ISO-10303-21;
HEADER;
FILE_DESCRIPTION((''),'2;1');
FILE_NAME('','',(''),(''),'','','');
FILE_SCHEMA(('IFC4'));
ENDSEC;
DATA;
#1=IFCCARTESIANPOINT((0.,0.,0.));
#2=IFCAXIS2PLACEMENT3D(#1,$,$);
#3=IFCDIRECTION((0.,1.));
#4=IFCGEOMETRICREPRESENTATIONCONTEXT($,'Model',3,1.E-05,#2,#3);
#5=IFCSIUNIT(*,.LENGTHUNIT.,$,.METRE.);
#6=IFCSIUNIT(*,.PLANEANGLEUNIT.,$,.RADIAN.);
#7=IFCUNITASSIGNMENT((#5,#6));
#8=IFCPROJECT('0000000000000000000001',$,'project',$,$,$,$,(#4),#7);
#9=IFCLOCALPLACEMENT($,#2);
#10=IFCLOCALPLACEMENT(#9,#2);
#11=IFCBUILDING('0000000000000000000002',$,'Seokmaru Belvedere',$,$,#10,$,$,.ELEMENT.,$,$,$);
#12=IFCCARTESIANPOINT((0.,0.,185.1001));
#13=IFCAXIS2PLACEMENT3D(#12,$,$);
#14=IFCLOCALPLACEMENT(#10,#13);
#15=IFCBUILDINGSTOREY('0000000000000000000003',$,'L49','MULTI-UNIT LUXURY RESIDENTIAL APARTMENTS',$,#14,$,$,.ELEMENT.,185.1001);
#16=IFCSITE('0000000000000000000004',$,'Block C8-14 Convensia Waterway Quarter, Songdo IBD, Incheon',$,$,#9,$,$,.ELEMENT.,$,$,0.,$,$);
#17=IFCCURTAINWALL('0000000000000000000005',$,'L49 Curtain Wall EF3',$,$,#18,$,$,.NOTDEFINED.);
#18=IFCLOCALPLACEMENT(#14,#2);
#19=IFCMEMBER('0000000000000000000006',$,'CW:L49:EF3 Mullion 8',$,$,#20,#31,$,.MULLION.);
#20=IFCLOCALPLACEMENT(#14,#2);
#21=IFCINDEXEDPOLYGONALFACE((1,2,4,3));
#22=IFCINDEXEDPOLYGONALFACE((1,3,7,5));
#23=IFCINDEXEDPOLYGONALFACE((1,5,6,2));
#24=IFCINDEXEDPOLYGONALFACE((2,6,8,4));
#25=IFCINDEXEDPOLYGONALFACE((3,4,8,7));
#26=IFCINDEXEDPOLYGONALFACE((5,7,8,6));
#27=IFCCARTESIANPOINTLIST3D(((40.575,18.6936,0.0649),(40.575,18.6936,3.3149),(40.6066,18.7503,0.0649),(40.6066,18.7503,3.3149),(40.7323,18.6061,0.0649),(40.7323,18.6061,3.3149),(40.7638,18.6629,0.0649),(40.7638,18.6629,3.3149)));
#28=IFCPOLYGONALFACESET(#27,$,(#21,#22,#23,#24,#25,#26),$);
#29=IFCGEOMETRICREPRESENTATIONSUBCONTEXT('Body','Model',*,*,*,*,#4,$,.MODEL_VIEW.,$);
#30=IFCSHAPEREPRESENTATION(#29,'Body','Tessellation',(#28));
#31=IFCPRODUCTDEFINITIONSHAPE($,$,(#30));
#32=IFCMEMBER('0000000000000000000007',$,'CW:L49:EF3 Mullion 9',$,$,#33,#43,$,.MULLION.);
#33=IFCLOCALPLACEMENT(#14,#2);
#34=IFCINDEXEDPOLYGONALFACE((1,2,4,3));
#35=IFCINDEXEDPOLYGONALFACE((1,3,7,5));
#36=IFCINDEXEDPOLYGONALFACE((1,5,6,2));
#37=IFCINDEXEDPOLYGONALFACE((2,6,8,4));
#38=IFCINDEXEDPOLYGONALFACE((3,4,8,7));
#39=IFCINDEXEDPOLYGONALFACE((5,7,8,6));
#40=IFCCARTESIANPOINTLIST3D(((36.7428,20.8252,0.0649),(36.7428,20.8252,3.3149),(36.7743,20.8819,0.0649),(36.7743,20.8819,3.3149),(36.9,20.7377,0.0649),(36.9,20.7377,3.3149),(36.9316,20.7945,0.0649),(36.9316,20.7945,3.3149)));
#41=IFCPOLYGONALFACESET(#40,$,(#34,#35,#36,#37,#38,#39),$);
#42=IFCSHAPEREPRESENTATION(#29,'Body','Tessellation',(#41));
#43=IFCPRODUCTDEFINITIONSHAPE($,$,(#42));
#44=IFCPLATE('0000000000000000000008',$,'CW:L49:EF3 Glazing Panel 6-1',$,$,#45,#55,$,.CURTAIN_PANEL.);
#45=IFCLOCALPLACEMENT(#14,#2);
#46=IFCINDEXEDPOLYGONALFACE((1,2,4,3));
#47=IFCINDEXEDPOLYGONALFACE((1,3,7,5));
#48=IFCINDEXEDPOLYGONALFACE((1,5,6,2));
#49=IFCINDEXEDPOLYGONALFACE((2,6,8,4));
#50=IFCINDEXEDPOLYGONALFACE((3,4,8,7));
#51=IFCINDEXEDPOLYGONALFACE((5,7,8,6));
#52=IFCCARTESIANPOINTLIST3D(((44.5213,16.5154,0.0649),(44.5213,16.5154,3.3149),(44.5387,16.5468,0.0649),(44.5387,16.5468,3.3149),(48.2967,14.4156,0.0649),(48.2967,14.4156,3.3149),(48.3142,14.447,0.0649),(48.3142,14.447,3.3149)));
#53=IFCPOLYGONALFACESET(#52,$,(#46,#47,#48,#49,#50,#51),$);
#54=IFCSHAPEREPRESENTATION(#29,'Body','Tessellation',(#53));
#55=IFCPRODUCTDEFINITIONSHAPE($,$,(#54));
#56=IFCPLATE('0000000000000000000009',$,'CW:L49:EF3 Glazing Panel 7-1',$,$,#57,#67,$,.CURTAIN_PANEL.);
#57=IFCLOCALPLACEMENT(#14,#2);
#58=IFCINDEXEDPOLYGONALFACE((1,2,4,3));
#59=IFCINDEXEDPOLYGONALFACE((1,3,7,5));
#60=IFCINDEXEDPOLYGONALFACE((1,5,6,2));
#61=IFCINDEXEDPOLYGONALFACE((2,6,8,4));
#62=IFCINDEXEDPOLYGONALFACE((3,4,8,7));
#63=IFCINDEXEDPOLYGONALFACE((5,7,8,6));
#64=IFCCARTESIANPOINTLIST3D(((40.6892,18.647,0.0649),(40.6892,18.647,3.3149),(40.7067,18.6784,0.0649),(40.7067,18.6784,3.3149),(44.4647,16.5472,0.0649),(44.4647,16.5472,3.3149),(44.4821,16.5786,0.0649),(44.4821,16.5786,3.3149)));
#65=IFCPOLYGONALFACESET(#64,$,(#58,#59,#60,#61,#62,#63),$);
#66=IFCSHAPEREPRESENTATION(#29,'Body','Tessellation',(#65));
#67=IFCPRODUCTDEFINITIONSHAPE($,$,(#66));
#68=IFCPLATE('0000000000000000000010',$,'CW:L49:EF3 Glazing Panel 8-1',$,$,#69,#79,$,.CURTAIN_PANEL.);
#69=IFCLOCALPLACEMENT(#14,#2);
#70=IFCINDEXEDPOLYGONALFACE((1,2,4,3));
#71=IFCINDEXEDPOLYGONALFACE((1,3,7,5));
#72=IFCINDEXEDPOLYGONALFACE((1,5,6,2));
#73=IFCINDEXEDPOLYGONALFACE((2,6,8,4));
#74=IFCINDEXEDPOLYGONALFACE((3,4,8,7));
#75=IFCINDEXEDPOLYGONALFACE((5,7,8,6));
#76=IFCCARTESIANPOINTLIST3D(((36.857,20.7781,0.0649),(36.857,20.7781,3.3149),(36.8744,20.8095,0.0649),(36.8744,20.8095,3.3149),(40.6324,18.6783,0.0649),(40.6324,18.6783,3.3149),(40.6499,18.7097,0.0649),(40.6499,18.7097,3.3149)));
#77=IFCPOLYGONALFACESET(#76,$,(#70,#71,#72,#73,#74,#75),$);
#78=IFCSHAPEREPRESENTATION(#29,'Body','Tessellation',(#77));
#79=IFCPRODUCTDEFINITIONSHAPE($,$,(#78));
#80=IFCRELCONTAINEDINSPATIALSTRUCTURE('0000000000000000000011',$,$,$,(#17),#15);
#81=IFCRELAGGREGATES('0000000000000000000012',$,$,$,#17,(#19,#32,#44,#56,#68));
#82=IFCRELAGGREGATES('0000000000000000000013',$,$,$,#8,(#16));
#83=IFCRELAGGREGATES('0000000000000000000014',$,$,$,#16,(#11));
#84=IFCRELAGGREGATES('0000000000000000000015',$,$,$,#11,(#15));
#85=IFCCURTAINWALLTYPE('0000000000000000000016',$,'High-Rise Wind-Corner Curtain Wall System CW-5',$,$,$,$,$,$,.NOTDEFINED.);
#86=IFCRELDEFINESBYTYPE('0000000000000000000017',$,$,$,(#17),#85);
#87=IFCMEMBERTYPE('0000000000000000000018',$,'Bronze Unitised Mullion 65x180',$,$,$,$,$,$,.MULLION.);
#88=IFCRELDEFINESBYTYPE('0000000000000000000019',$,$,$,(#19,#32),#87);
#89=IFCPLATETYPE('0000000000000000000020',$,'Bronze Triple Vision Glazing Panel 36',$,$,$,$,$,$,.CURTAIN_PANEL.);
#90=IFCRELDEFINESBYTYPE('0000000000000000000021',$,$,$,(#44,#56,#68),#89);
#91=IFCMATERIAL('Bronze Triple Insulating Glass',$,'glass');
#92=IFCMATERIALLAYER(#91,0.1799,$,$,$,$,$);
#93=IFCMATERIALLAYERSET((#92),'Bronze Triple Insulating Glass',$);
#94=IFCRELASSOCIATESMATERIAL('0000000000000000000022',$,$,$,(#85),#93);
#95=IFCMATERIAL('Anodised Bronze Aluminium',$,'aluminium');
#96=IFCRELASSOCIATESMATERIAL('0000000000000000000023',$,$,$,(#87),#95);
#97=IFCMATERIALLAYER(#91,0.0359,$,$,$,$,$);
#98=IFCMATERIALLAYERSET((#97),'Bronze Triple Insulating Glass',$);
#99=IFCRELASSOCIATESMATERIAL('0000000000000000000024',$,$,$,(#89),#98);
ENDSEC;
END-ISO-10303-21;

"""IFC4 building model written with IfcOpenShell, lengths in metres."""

from ifc_helpers import new_model, si_unit, direction, frame, origin, origin_2d, place, context, subcontext, project, spatial, rectangle, extrude, source, transform, mapped, material, layer, layer_set, material_profile, profile_set, type_object, type_shapes, element, aggregate, save


model = new_model("IFC4")

# Units and contexts
model_context = context("Model", 3, precision=1e-05, world=origin(), true_north=direction((0.0, 1.0)))
body_context = subcontext(model_context, "Body", "Model", "MODEL_VIEW")
ifc_project = project(units=[si_unit("LENGTHUNIT", "METRE"), si_unit("PLANEANGLEUNIT", "RADIAN")], contexts=[model_context])

# Site, building, storey
site_placement = place(None, origin())
site = spatial("IfcSite", under=ifc_project, at=site_placement, Name="Block C8-14 Convensia Waterway Quarter, Songdo IBD, Incheon", CompositionType="ELEMENT", RefElevation=0.0)
building_placement = place(site_placement, origin())
building = spatial("IfcBuilding", under=site, at=building_placement, Name="Seokmaru Belvedere", CompositionType="ELEMENT")
storey_placement = place(building_placement, frame((0.0, 0.0, 185.1001)))
storey = spatial("IfcBuildingStorey", under=building, at=storey_placement, Name="L49", Description="MULTI-UNIT LUXURY RESIDENTIAL APARTMENTS", CompositionType="ELEMENT", Elevation=185.1001)

# Curtain wall, members, plates
ifc_material_1 = material(Name="Bronze Triple Insulating Glass", Category="glass")
ifc_layer_1 = layer(ifc_material_1, 0.1799)
ifc_layer_set_1 = layer_set([ifc_layer_1], Name="Bronze Triple Insulating Glass")
curtain_wall_type = type_object("IfcCurtainWallType", Name="High-Rise Wind-Corner Curtain Wall System CW-5", PredefinedType="NOTDEFINED", material=ifc_layer_set_1)
curtain_wall_placement = place(storey_placement, origin())
curtain_wall = element("IfcCurtainWall", 1, at=curtain_wall_placement, inside=storey, type_object=curtain_wall_type, Name="L49 Curtain Wall EF3", PredefinedType="NOTDEFINED")
ifc_material_2 = material(Name="Anodised Bronze Aluminium", Category="aluminium")
ifc_material_profile_1 = material_profile(ifc_material_2, rectangle(XDim=0.0649, YDim=0.1799, at=origin_2d()), Name="CW-M-65x180")
ifc_profile_set_1 = profile_set([ifc_material_profile_1], Name="Anodised Bronze Aluminium")
member_type = type_object("IfcMemberType", Name="Bronze Unitised Mullion 65x180", PredefinedType="MULLION", material=ifc_profile_set_1)
shared_shape_1 = source(origin(), body_context, "Body", "SweptSolid", [
    extrude(rectangle(XDim=0.0649, YDim=0.1799, at=origin_2d()), origin(), (0.0, 0.0, 1.0), 3.25),
])
type_shapes(member_type, [shared_shape_1])
member_1_placement = place(storey_placement, frame((40.6694, 18.6782, 0.0649), z_axis=(0.0, 0.0, 1.0), x_axis=(-0.486047, -0.873933, 0.0)))
member_1 = element("IfcMember", 2, at=member_1_placement, type_object=member_type, Name="CW:L49:EF3 Mullion 8", PredefinedType="MULLION", context=body_context, shape_type="MappedRepresentation", body=[
    mapped(shared_shape_1, transform((0.0, 0.0, 0.0), scale=1.0)),
])
member_2_placement = place(storey_placement, frame((36.8372, 20.8098, 0.0649), z_axis=(0.0, 0.0, 1.0), x_axis=(-0.486047, -0.873933, 0.0)))
member_2 = element("IfcMember", 3, at=member_2_placement, type_object=member_type, Name="CW:L49:EF3 Mullion 9", PredefinedType="MULLION", context=body_context, shape_type="MappedRepresentation", body=[
    mapped(shared_shape_1, transform((0.0, 0.0, 0.0), scale=1.0)),
])
ifc_layer_2 = layer(ifc_material_1, 0.0359)
ifc_layer_set_2 = layer_set([ifc_layer_2], Name="Bronze Triple Insulating Glass")
plate_type = type_object("IfcPlateType", Name="Bronze Triple Vision Glazing Panel 36", PredefinedType="CURTAIN_PANEL", material=ifc_layer_set_2)
shared_shape_2 = source(origin(), body_context, "Body", "SweptSolid", [
    extrude(rectangle(XDim=4.3201, YDim=0.0359, at=origin_2d()), origin(), (0.0, 0.0, 1.0), 3.25),
])
type_shapes(plate_type, [shared_shape_2])
plate_1_placement = place(storey_placement, frame((46.4177, 15.4812, 0.0649), z_axis=(0.0, 0.0, 1.0), x_axis=(-0.873933, 0.486047, 0.0)))
plate_1 = element("IfcPlate", 4, at=plate_1_placement, type_object=plate_type, Name="CW:L49:EF3 Glazing Panel 6-1", PredefinedType="CURTAIN_PANEL", context=body_context, shape_type="MappedRepresentation", body=[
    mapped(shared_shape_2, transform((0.0, 0.0, 0.0), scale=1.0)),
])
plate_2_placement = place(storey_placement, frame((42.5857, 17.6128, 0.0649), z_axis=(0.0, 0.0, 1.0), x_axis=(-0.873933, 0.486047, 0.0)))
plate_2 = element("IfcPlate", 5, at=plate_2_placement, type_object=plate_type, Name="CW:L49:EF3 Glazing Panel 7-1", PredefinedType="CURTAIN_PANEL", context=body_context, shape_type="MappedRepresentation", body=[
    mapped(shared_shape_2, transform((0.0, 0.0, 0.0), scale=1.0)),
])
plate_3_placement = place(storey_placement, frame((38.7534, 19.7439, 0.0649), z_axis=(0.0, 0.0, 1.0), x_axis=(-0.873933, 0.486047, 0.0)))
plate_3 = element("IfcPlate", 6, at=plate_3_placement, type_object=plate_type, Name="CW:L49:EF3 Glazing Panel 8-1", PredefinedType="CURTAIN_PANEL", context=body_context, shape_type="MappedRepresentation", body=[
    mapped(shared_shape_2, transform((0.0, 0.0, 0.0), scale=1.0)),
])
aggregate(curtain_wall, [member_1, member_2, plate_1, plate_2, plate_3])

save(model, "model.ifc")
